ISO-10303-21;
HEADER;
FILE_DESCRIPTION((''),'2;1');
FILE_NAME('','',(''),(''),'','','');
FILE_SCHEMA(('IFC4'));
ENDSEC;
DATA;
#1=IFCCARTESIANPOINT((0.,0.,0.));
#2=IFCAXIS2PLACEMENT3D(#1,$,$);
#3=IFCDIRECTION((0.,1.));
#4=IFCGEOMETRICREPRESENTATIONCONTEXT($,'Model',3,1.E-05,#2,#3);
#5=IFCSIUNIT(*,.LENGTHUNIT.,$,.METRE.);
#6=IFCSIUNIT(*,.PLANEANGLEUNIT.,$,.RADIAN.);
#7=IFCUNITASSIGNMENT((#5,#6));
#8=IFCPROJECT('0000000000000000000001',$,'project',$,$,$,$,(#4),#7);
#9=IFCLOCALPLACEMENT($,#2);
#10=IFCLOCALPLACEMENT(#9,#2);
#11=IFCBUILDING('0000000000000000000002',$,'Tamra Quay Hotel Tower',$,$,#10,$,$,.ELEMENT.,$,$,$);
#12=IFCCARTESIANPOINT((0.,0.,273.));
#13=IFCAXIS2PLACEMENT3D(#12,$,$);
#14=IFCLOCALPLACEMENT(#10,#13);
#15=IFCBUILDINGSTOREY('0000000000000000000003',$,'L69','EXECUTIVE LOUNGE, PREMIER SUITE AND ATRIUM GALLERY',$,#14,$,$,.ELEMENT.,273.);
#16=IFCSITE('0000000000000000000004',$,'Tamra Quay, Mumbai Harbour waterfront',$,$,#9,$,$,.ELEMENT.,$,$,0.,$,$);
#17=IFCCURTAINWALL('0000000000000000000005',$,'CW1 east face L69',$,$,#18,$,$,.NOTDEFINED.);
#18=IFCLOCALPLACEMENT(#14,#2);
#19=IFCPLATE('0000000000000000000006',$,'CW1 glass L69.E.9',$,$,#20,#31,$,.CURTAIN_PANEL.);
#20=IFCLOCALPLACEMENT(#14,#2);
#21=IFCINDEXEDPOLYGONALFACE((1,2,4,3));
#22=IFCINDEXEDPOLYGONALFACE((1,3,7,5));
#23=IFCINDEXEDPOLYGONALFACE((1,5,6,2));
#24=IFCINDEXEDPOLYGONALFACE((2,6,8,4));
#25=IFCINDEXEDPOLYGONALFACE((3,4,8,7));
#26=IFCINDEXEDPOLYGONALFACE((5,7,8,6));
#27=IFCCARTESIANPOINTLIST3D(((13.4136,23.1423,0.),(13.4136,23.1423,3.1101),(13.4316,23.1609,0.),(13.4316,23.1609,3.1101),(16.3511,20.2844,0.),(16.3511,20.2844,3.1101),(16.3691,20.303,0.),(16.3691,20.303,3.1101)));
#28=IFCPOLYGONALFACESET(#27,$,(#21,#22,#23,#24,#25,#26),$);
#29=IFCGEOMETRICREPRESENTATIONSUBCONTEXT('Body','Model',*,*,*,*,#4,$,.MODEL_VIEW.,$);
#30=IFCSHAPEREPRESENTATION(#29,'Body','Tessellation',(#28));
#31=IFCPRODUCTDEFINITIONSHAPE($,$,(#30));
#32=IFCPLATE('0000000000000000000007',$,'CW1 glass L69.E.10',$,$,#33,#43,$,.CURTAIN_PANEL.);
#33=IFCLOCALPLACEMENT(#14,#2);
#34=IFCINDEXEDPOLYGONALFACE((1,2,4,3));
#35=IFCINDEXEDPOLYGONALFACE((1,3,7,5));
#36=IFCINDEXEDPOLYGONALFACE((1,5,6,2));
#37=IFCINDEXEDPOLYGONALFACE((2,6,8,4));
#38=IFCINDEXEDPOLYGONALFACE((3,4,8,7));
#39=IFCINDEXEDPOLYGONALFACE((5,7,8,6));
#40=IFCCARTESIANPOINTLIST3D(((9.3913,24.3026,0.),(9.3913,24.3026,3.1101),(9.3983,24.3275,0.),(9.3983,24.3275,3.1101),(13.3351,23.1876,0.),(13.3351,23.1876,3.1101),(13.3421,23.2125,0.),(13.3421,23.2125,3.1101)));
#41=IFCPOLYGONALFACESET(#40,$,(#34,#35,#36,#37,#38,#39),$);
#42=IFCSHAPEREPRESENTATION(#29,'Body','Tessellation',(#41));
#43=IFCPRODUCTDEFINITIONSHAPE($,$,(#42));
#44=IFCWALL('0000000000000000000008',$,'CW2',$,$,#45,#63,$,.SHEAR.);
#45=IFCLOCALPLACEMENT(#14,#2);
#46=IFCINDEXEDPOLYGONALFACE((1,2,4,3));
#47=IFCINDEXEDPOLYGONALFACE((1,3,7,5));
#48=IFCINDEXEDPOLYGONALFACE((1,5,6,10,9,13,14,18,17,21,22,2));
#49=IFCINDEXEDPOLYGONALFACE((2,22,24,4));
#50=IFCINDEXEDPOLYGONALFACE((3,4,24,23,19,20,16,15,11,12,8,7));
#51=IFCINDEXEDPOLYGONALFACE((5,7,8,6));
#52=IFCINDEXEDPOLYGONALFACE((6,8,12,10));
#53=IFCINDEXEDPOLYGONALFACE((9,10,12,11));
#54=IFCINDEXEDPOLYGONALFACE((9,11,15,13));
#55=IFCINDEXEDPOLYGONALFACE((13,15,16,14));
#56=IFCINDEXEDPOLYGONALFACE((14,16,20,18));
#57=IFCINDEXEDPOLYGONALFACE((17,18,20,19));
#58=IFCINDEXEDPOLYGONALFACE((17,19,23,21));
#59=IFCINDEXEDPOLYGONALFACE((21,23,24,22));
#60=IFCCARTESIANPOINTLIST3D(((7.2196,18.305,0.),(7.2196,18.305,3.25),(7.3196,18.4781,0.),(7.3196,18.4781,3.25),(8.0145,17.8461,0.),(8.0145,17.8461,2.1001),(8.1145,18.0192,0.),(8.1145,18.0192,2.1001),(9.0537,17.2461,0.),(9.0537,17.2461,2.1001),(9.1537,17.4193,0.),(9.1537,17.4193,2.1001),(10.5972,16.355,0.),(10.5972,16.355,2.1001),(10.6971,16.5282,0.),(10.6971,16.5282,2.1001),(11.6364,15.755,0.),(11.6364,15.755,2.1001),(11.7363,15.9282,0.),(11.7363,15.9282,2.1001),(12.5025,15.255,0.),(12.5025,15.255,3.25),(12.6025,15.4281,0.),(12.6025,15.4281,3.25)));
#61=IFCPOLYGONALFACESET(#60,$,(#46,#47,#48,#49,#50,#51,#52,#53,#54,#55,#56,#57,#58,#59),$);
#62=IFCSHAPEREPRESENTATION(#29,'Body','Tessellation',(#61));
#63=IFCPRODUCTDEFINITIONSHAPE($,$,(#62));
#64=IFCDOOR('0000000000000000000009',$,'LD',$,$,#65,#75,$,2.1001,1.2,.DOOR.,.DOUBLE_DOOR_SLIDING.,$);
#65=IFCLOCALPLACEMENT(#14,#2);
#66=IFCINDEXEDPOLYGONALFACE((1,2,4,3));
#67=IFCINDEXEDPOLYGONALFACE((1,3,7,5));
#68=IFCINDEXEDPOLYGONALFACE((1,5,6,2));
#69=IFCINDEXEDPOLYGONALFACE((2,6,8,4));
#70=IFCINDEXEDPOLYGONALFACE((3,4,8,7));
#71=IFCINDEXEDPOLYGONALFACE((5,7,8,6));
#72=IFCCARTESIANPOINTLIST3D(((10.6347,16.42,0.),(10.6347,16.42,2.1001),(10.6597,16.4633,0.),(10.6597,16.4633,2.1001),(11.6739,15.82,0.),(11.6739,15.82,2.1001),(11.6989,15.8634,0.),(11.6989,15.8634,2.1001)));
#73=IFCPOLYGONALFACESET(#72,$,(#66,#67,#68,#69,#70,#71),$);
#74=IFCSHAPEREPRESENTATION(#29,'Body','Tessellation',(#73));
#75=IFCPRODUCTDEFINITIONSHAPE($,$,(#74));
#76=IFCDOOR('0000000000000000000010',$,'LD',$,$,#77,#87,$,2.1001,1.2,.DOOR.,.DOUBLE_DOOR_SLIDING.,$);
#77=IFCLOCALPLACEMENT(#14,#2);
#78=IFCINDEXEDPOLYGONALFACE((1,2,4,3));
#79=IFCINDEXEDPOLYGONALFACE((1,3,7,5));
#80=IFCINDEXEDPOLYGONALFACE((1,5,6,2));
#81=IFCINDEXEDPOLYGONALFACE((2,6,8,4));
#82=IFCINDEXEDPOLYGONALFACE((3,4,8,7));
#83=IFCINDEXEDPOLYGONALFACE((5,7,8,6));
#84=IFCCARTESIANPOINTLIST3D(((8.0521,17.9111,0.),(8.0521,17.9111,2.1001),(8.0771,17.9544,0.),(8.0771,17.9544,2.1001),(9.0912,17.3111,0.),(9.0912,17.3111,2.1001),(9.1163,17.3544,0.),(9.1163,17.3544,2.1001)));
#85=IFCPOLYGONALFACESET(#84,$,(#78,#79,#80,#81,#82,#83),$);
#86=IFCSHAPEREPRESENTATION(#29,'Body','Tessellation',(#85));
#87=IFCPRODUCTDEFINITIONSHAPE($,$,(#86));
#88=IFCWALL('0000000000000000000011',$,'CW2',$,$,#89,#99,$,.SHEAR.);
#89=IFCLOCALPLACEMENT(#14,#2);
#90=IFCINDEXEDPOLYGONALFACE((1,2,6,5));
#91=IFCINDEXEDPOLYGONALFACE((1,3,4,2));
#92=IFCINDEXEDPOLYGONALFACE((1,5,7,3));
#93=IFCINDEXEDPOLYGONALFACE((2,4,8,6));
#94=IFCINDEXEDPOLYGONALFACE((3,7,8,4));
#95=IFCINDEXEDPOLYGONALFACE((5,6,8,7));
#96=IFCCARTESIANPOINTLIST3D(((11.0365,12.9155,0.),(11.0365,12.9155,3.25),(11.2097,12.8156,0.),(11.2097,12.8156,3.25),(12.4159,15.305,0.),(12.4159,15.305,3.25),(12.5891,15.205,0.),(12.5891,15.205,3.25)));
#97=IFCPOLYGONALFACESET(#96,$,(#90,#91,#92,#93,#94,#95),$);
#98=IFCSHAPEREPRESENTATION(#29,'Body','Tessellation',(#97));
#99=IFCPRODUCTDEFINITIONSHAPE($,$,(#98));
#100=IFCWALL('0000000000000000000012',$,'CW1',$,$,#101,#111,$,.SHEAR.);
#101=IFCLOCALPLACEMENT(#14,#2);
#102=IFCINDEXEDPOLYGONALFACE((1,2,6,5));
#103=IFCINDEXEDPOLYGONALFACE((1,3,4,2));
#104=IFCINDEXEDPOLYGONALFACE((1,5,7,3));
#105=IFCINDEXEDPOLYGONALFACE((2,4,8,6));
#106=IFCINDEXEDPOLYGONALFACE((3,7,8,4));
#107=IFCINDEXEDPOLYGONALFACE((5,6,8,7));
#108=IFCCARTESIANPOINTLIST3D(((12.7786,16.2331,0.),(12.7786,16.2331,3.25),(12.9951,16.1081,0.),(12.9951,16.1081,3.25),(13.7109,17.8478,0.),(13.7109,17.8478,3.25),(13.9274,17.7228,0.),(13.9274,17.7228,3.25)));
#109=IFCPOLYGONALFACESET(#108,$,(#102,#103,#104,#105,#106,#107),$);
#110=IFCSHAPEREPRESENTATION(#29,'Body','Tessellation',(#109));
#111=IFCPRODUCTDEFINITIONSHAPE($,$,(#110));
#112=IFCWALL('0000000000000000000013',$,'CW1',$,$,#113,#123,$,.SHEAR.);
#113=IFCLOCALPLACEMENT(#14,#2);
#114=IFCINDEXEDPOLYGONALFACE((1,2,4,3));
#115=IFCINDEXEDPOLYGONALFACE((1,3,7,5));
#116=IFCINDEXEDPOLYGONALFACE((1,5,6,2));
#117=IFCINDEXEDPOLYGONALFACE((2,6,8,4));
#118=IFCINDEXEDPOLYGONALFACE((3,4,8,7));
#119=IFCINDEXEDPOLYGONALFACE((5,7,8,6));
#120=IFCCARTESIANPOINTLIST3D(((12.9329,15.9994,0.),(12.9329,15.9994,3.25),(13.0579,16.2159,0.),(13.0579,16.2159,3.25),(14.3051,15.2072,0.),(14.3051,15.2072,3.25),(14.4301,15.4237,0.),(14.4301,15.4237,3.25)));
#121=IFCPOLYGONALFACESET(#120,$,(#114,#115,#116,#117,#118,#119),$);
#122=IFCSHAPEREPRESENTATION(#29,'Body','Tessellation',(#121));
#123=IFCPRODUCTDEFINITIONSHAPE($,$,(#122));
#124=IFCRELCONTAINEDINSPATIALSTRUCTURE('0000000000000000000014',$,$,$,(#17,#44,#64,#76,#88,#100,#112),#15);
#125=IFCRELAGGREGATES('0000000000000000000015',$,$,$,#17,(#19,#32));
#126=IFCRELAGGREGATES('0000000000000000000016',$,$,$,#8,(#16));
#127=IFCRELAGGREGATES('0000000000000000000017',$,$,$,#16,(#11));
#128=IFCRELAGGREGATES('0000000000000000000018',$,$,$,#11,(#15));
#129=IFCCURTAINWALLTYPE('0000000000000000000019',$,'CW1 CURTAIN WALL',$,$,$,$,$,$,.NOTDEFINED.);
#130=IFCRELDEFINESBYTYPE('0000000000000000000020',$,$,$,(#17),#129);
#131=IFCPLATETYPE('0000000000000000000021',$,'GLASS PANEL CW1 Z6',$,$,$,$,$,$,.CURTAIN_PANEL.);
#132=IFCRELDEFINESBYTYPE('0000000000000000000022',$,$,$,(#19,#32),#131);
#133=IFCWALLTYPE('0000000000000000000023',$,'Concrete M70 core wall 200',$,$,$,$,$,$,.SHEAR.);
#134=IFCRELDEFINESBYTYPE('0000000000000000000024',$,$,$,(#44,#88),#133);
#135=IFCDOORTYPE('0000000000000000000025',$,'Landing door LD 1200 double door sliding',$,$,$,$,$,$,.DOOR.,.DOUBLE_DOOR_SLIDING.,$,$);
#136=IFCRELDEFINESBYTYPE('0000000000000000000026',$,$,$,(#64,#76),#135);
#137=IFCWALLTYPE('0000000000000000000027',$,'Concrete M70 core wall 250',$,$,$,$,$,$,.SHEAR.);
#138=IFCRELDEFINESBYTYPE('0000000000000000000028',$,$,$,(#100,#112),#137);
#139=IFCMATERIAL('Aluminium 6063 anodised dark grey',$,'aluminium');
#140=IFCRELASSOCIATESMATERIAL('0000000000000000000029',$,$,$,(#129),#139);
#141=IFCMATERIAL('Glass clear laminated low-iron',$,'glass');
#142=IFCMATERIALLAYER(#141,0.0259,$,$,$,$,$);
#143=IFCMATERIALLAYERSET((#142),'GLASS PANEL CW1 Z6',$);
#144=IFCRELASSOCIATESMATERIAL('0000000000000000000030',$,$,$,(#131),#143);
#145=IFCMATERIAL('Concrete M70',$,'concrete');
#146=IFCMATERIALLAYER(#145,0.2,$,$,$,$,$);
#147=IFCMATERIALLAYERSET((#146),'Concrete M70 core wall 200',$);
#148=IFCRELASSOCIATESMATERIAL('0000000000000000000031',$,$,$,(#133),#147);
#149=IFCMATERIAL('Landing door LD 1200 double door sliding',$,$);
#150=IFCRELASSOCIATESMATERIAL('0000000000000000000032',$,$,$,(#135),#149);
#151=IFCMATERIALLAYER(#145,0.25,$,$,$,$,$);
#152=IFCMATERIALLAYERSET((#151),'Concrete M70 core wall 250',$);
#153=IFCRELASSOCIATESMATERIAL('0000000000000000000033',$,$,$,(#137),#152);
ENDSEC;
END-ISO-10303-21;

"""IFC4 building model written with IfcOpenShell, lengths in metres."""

from ifc_helpers import new_model, si_unit, direction, frame, frame_2d, origin, origin_2d, place, context, subcontext, project, spatial, rectangle, extrude, material, layer, layer_set, type_object, element, fill, aggregate, save


model = new_model("IFC4")

# Units and contexts
model_context = context("Model", 3, precision=1e-05, world=origin(), true_north=direction((0.0, 1.0)))
body_context = subcontext(model_context, "Body", "Model", "MODEL_VIEW")
ifc_project = project(units=[si_unit("LENGTHUNIT", "METRE"), si_unit("PLANEANGLEUNIT", "RADIAN")], contexts=[model_context])

# Site, building, storey
site_placement = place(None, origin())
site = spatial("IfcSite", under=ifc_project, at=site_placement, Name="Tamra Quay, Mumbai Harbour waterfront", CompositionType="ELEMENT", RefElevation=0.0)
building_placement = place(site_placement, origin())
building = spatial("IfcBuilding", under=site, at=building_placement, Name="Tamra Quay Hotel Tower", CompositionType="ELEMENT")
storey_placement = place(building_placement, frame((0.0, 0.0, 273.0)))
storey = spatial("IfcBuildingStorey", under=building, at=storey_placement, Name="L69", Description="EXECUTIVE LOUNGE, PREMIER SUITE AND ATRIUM GALLERY", CompositionType="ELEMENT", Elevation=273.0)

# Shared definitions
ifc_material_1 = material(Name="Concrete M70", Category="concrete")

# Curtain wall
ifc_material_2 = material(Name="Aluminium 6063 anodised dark grey", Category="aluminium")
curtain_wall_type = type_object("IfcCurtainWallType", Name="CW1 CURTAIN WALL", PredefinedType="NOTDEFINED", material=ifc_material_2)
curtain_wall_placement = place(storey_placement, origin())
curtain_wall = element("IfcCurtainWall", 1, at=curtain_wall_placement, inside=storey, type_object=curtain_wall_type, Name="CW1 east face L69", PredefinedType="NOTDEFINED")

# Plates
ifc_material_3 = material(Name="Glass clear laminated low-iron", Category="glass")
ifc_layer_1 = layer(ifc_material_3, 0.0259)
ifc_layer_set_1 = layer_set([ifc_layer_1], Name="GLASS PANEL CW1 Z6")
plate_type = type_object("IfcPlateType", Name="GLASS PANEL CW1 Z6", PredefinedType="CURTAIN_PANEL", material=ifc_layer_set_1)
plate_1_placement = place(storey_placement, frame((14.8914, 21.7227, 0.0), z_axis=(0.0, 0.0, 1.0), x_axis=(-0.716753, 0.697327, 0.0)))
plate_1 = element("IfcPlate", 2, at=plate_1_placement, type_object=plate_type, Name="CW1 glass L69.E.9", PredefinedType="CURTAIN_PANEL", context=body_context, shape_type="SweptSolid", body=[
    extrude(rectangle(XDim=4.0984, YDim=0.0259, at=origin_2d()), origin(), (0.0, 0.0, 1.0), 3.1101),
])
plate_2_placement = place(storey_placement, frame((11.3667, 23.7576, 0.0), z_axis=(0.0, 0.0, 1.0), x_axis=(-0.96228, 0.272062, 0.0)))
plate_2 = element("IfcPlate", 3, at=plate_2_placement, type_object=plate_type, Name="CW1 glass L69.E.10", PredefinedType="CURTAIN_PANEL", context=body_context, shape_type="SweptSolid", body=[
    extrude(rectangle(XDim=4.0984, YDim=0.0259, at=origin_2d()), origin(), (0.0, 0.0, 1.0), 3.1101),
])
aggregate(curtain_wall, [plate_1, plate_2])

# Wall, openings, doors
ifc_layer_2 = layer(ifc_material_1, 0.2)
ifc_layer_set_2 = layer_set([ifc_layer_2], Name="Concrete M70 core wall 200")
wall_type_1 = type_object("IfcWallType", Name="Concrete M70 core wall 200", PredefinedType="SHEAR", material=ifc_layer_set_2)
wall_1_placement = place(storey_placement, frame((12.5525, 15.3416, 0.0), z_axis=(0.0, 0.0, 1.0), x_axis=(-0.86603, 0.499992, 0.0)))
wall_1 = element("IfcWall", 4, at=wall_1_placement, inside=storey, type_object=wall_type_1, Name="CW2", PredefinedType="SHEAR", context=body_context, shape_type="SweptSolid", body=[
    extrude(rectangle(XDim=6.1001, YDim=0.2, at=frame_2d((3.05, 0.0))), origin(), (0.0, 0.0, 1.0), 3.25),
])
opening_1_placement = place(wall_1_placement, frame((1.0, 0.0, 0.0)))
opening_1 = element("IfcOpeningElement", 5, at=opening_1_placement, cuts=wall_1, PredefinedType="OPENING", context=body_context, shape_type="SweptSolid", body=[
    extrude(rectangle(XDim=1.2, YDim=2.1001, at=frame_2d((0.6001, 1.05))), frame((0.0, 0.1099, 0.0), z_axis=(0.0, -1.0, 0.0), x_axis=(1.0, 0.0, 0.0)), (0.0, 0.0, 1.0), 0.22),
])
opening_2_placement = place(wall_1_placement, frame((3.9822, 0.0, 0.0)))
opening_2 = element("IfcOpeningElement", 6, at=opening_2_placement, cuts=wall_1, PredefinedType="OPENING", context=body_context, shape_type="SweptSolid", body=[
    extrude(rectangle(XDim=1.2, YDim=2.1001, at=frame_2d((0.6001, 1.05))), frame((0.0, 0.1099, 0.0), z_axis=(0.0, -1.0, 0.0), x_axis=(1.0, 0.0, 0.0)), (0.0, 0.0, 1.0), 0.22),
])
ifc_material_4 = material(Name="Landing door LD 1200 double door sliding")
door_type = type_object("IfcDoorType", Name="Landing door LD 1200 double door sliding", OperationType="DOUBLE_DOOR_SLIDING", PredefinedType="DOOR", material=ifc_material_4)
door_1_placement = place(opening_1_placement, origin())
door_1 = element("IfcDoor", 7, at=door_1_placement, inside=storey, type_object=door_type, Name="LD", OperationType="DOUBLE_DOOR_SLIDING", OverallHeight=2.1001, OverallWidth=1.2, PredefinedType="DOOR", context=body_context, shape_type="SweptSolid", body=[
    extrude(rectangle(XDim=1.2, YDim=2.1001, at=frame_2d((0.6001, 1.05))), frame((0.0, 0.0249, 0.0), z_axis=(0.0, -1.0, 0.0), x_axis=(1.0, 0.0, 0.0)), (0.0, 0.0, 1.0), 0.05),
])
fill(opening_1, door_1)
door_2_placement = place(opening_2_placement, origin())
door_2 = element("IfcDoor", 8, at=door_2_placement, inside=storey, type_object=door_type, Name="LD", OperationType="DOUBLE_DOOR_SLIDING", OverallHeight=2.1001, OverallWidth=1.2, PredefinedType="DOOR", context=body_context, shape_type="SweptSolid", body=[
    extrude(rectangle(XDim=1.2, YDim=2.1001, at=frame_2d((0.6001, 1.05))), frame((0.0, 0.0249, 0.0), z_axis=(0.0, -1.0, 0.0), x_axis=(1.0, 0.0, 0.0)), (0.0, 0.0, 1.0), 0.05),
])
fill(opening_2, door_2)

# Walls
wall_2_placement = place(storey_placement, frame((12.5024, 15.2549, 0.0), z_axis=(0.0, 0.0, 1.0), x_axis=(-0.499965, -0.866046, 0.0)))
element("IfcWall", 9, at=wall_2_placement, inside=storey, type_object=wall_type_1, Name="CW2", PredefinedType="SHEAR", context=body_context, shape_type="SweptSolid", body=[
    extrude(rectangle(XDim=2.759, YDim=0.2, at=frame_2d((1.3794, 0.0))), origin(), (0.0, 0.0, 1.0), 3.25),
])
ifc_layer_3 = layer(ifc_material_1, 0.25)
ifc_layer_set_3 = layer_set([ifc_layer_3], Name="Concrete M70 core wall 250")
wall_type_2 = type_object("IfcWallType", Name="Concrete M70 core wall 250", PredefinedType="SHEAR", material=ifc_layer_set_3)
wall_3_placement = place(storey_placement, frame((13.8191, 17.7852, 0.0), z_axis=(0.0, 0.0, 1.0), x_axis=(-0.50004, -0.866002, 0.0)))
element("IfcWall", 10, at=wall_3_placement, inside=storey, type_object=wall_type_2, Name="CW1", PredefinedType="SHEAR", context=body_context, shape_type="SweptSolid", body=[
    extrude(rectangle(XDim=1.8645, YDim=0.25, at=frame_2d((0.9321, 0.0))), origin(), (0.0, 0.0, 1.0), 3.25),
])
wall_4_placement = place(storey_placement, frame((12.9954, 16.1077, 0.0), z_axis=(0.0, 0.0, 1.0), x_axis=(0.866044, -0.499967, 0.0)))
element("IfcWall", 11, at=wall_4_placement, inside=storey, type_object=wall_type_2, Name="CW1", PredefinedType="SHEAR", context=body_context, shape_type="SweptSolid", body=[
    extrude(rectangle(XDim=1.5845, YDim=0.25, at=frame_2d((0.7922, 0.0))), origin(), (0.0, 0.0, 1.0), 3.25),
])

save(model, "model.ifc")
